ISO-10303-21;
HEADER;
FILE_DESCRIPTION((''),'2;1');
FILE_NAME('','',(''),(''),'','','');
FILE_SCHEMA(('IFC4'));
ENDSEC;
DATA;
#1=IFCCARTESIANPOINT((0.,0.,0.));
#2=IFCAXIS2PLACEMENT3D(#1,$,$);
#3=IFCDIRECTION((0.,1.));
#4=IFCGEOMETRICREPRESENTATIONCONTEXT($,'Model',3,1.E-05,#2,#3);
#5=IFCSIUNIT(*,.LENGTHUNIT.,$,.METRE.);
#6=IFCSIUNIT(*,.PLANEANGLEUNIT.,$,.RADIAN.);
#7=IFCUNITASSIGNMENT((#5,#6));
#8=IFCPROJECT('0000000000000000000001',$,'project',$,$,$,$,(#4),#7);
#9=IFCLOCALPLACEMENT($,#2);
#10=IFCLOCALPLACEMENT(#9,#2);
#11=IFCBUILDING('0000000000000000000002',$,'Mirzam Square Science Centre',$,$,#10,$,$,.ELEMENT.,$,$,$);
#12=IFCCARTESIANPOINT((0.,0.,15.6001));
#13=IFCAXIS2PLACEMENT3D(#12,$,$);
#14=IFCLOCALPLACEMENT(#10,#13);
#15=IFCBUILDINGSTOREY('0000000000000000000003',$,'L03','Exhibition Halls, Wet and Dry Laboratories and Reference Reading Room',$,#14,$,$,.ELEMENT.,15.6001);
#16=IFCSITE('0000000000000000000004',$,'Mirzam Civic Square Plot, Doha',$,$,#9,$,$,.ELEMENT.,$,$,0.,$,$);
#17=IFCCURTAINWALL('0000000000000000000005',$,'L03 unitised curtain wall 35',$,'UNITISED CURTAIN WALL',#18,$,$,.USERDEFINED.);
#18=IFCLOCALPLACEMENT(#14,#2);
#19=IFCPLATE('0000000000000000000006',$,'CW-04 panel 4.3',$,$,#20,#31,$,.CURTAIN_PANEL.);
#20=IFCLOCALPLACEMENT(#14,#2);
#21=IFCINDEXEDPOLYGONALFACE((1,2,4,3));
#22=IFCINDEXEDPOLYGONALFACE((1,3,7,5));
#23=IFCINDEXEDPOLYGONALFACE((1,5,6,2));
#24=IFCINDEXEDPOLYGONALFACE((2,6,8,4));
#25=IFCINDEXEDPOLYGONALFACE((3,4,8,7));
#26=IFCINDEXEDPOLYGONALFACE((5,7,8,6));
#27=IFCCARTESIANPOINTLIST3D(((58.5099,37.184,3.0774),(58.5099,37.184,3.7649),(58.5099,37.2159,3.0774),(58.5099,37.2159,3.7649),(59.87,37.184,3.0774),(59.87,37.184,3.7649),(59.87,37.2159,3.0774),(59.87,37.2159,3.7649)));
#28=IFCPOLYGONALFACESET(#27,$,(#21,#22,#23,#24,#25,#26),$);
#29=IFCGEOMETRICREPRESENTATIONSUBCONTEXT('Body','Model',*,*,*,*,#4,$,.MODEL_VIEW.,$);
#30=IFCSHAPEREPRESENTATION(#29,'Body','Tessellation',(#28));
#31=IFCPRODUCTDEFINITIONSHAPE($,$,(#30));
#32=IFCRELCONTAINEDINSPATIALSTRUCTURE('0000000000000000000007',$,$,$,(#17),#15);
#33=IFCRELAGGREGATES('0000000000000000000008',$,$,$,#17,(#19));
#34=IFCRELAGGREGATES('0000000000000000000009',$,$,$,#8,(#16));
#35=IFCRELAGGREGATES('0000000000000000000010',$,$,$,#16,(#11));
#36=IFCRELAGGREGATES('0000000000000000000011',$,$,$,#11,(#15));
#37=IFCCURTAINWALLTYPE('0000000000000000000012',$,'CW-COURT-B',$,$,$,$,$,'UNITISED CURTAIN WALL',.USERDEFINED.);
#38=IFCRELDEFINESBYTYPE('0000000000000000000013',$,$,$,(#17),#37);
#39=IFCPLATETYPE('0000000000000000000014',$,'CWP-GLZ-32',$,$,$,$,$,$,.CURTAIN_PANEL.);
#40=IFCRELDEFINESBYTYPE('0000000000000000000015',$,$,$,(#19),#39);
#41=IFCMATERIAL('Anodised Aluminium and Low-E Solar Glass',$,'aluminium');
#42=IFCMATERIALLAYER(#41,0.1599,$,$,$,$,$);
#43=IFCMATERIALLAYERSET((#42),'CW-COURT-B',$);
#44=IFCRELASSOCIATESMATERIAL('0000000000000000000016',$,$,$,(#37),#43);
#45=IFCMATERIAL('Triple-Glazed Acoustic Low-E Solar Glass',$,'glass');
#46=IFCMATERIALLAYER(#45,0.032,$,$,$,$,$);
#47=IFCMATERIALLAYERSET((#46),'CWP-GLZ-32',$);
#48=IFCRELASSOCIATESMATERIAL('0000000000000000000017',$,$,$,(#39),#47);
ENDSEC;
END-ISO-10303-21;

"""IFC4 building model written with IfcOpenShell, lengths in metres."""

from ifc_helpers import new_model, si_unit, direction, frame, origin, origin_2d, place, context, subcontext, project, spatial, rectangle, extrude, material, layer, layer_set, type_object, element, aggregate, save


model = new_model("IFC4")

# Units and contexts
model_context = context("Model", 3, precision=1e-05, world=origin(), true_north=direction((0.0, 1.0)))
body_context = subcontext(model_context, "Body", "Model", "MODEL_VIEW")
ifc_project = project(units=[si_unit("LENGTHUNIT", "METRE"), si_unit("PLANEANGLEUNIT", "RADIAN")], contexts=[model_context])

# Site, building, storey
site_placement = place(None, origin())
site = spatial("IfcSite", under=ifc_project, at=site_placement, Name="Mirzam Civic Square Plot, Doha", CompositionType="ELEMENT", RefElevation=0.0)
building_placement = place(site_placement, origin())
building = spatial("IfcBuilding", under=site, at=building_placement, Name="Mirzam Square Science Centre", CompositionType="ELEMENT")
storey_placement = place(building_placement, frame((0.0, 0.0, 15.6001)))
storey = spatial("IfcBuildingStorey", under=building, at=storey_placement, Name="L03", Description="Exhibition Halls, Wet and Dry Laboratories and Reference Reading Room", CompositionType="ELEMENT", Elevation=15.6001)

# Curtain wall
ifc_material_1 = material(Name="Anodised Aluminium and Low-E Solar Glass", Category="aluminium")
ifc_layer_1 = layer(ifc_material_1, 0.1599)
ifc_layer_set_1 = layer_set([ifc_layer_1], Name="CW-COURT-B")
curtain_wall_type = type_object("IfcCurtainWallType", Name="CW-COURT-B", ElementType="UNITISED CURTAIN WALL", PredefinedType="USERDEFINED", material=ifc_layer_set_1)
curtain_wall_placement = place(storey_placement, origin())
curtain_wall = element("IfcCurtainWall", 1, at=curtain_wall_placement, inside=storey, type_object=curtain_wall_type, Name="L03 unitised curtain wall 35", ObjectType="UNITISED CURTAIN WALL", PredefinedType="USERDEFINED")

# Plate
ifc_material_2 = material(Name="Triple-Glazed Acoustic Low-E Solar Glass", Category="glass")
ifc_layer_2 = layer(ifc_material_2, 0.032)
ifc_layer_set_2 = layer_set([ifc_layer_2], Name="CWP-GLZ-32")
plate_type = type_object("IfcPlateType", Name="CWP-GLZ-32", PredefinedType="CURTAIN_PANEL", material=ifc_layer_set_2)
plate_1_placement = place(storey_placement, frame((59.1899, 37.2, 3.0774), z_axis=(0.0, 0.0, 1.0), x_axis=(1.0, 0.0, 0.0)))
plate_1 = element("IfcPlate", 2, at=plate_1_placement, type_object=plate_type, Name="CW-04 panel 4.3", PredefinedType="CURTAIN_PANEL", context=body_context, shape_type="SweptSolid", body=[
    extrude(rectangle(XDim=1.3601, YDim=0.032, at=origin_2d()), origin(), (0.0, 0.0, 1.0), 0.6875),
])
aggregate(curtain_wall, [plate_1])

save(model, "model.ifc")
